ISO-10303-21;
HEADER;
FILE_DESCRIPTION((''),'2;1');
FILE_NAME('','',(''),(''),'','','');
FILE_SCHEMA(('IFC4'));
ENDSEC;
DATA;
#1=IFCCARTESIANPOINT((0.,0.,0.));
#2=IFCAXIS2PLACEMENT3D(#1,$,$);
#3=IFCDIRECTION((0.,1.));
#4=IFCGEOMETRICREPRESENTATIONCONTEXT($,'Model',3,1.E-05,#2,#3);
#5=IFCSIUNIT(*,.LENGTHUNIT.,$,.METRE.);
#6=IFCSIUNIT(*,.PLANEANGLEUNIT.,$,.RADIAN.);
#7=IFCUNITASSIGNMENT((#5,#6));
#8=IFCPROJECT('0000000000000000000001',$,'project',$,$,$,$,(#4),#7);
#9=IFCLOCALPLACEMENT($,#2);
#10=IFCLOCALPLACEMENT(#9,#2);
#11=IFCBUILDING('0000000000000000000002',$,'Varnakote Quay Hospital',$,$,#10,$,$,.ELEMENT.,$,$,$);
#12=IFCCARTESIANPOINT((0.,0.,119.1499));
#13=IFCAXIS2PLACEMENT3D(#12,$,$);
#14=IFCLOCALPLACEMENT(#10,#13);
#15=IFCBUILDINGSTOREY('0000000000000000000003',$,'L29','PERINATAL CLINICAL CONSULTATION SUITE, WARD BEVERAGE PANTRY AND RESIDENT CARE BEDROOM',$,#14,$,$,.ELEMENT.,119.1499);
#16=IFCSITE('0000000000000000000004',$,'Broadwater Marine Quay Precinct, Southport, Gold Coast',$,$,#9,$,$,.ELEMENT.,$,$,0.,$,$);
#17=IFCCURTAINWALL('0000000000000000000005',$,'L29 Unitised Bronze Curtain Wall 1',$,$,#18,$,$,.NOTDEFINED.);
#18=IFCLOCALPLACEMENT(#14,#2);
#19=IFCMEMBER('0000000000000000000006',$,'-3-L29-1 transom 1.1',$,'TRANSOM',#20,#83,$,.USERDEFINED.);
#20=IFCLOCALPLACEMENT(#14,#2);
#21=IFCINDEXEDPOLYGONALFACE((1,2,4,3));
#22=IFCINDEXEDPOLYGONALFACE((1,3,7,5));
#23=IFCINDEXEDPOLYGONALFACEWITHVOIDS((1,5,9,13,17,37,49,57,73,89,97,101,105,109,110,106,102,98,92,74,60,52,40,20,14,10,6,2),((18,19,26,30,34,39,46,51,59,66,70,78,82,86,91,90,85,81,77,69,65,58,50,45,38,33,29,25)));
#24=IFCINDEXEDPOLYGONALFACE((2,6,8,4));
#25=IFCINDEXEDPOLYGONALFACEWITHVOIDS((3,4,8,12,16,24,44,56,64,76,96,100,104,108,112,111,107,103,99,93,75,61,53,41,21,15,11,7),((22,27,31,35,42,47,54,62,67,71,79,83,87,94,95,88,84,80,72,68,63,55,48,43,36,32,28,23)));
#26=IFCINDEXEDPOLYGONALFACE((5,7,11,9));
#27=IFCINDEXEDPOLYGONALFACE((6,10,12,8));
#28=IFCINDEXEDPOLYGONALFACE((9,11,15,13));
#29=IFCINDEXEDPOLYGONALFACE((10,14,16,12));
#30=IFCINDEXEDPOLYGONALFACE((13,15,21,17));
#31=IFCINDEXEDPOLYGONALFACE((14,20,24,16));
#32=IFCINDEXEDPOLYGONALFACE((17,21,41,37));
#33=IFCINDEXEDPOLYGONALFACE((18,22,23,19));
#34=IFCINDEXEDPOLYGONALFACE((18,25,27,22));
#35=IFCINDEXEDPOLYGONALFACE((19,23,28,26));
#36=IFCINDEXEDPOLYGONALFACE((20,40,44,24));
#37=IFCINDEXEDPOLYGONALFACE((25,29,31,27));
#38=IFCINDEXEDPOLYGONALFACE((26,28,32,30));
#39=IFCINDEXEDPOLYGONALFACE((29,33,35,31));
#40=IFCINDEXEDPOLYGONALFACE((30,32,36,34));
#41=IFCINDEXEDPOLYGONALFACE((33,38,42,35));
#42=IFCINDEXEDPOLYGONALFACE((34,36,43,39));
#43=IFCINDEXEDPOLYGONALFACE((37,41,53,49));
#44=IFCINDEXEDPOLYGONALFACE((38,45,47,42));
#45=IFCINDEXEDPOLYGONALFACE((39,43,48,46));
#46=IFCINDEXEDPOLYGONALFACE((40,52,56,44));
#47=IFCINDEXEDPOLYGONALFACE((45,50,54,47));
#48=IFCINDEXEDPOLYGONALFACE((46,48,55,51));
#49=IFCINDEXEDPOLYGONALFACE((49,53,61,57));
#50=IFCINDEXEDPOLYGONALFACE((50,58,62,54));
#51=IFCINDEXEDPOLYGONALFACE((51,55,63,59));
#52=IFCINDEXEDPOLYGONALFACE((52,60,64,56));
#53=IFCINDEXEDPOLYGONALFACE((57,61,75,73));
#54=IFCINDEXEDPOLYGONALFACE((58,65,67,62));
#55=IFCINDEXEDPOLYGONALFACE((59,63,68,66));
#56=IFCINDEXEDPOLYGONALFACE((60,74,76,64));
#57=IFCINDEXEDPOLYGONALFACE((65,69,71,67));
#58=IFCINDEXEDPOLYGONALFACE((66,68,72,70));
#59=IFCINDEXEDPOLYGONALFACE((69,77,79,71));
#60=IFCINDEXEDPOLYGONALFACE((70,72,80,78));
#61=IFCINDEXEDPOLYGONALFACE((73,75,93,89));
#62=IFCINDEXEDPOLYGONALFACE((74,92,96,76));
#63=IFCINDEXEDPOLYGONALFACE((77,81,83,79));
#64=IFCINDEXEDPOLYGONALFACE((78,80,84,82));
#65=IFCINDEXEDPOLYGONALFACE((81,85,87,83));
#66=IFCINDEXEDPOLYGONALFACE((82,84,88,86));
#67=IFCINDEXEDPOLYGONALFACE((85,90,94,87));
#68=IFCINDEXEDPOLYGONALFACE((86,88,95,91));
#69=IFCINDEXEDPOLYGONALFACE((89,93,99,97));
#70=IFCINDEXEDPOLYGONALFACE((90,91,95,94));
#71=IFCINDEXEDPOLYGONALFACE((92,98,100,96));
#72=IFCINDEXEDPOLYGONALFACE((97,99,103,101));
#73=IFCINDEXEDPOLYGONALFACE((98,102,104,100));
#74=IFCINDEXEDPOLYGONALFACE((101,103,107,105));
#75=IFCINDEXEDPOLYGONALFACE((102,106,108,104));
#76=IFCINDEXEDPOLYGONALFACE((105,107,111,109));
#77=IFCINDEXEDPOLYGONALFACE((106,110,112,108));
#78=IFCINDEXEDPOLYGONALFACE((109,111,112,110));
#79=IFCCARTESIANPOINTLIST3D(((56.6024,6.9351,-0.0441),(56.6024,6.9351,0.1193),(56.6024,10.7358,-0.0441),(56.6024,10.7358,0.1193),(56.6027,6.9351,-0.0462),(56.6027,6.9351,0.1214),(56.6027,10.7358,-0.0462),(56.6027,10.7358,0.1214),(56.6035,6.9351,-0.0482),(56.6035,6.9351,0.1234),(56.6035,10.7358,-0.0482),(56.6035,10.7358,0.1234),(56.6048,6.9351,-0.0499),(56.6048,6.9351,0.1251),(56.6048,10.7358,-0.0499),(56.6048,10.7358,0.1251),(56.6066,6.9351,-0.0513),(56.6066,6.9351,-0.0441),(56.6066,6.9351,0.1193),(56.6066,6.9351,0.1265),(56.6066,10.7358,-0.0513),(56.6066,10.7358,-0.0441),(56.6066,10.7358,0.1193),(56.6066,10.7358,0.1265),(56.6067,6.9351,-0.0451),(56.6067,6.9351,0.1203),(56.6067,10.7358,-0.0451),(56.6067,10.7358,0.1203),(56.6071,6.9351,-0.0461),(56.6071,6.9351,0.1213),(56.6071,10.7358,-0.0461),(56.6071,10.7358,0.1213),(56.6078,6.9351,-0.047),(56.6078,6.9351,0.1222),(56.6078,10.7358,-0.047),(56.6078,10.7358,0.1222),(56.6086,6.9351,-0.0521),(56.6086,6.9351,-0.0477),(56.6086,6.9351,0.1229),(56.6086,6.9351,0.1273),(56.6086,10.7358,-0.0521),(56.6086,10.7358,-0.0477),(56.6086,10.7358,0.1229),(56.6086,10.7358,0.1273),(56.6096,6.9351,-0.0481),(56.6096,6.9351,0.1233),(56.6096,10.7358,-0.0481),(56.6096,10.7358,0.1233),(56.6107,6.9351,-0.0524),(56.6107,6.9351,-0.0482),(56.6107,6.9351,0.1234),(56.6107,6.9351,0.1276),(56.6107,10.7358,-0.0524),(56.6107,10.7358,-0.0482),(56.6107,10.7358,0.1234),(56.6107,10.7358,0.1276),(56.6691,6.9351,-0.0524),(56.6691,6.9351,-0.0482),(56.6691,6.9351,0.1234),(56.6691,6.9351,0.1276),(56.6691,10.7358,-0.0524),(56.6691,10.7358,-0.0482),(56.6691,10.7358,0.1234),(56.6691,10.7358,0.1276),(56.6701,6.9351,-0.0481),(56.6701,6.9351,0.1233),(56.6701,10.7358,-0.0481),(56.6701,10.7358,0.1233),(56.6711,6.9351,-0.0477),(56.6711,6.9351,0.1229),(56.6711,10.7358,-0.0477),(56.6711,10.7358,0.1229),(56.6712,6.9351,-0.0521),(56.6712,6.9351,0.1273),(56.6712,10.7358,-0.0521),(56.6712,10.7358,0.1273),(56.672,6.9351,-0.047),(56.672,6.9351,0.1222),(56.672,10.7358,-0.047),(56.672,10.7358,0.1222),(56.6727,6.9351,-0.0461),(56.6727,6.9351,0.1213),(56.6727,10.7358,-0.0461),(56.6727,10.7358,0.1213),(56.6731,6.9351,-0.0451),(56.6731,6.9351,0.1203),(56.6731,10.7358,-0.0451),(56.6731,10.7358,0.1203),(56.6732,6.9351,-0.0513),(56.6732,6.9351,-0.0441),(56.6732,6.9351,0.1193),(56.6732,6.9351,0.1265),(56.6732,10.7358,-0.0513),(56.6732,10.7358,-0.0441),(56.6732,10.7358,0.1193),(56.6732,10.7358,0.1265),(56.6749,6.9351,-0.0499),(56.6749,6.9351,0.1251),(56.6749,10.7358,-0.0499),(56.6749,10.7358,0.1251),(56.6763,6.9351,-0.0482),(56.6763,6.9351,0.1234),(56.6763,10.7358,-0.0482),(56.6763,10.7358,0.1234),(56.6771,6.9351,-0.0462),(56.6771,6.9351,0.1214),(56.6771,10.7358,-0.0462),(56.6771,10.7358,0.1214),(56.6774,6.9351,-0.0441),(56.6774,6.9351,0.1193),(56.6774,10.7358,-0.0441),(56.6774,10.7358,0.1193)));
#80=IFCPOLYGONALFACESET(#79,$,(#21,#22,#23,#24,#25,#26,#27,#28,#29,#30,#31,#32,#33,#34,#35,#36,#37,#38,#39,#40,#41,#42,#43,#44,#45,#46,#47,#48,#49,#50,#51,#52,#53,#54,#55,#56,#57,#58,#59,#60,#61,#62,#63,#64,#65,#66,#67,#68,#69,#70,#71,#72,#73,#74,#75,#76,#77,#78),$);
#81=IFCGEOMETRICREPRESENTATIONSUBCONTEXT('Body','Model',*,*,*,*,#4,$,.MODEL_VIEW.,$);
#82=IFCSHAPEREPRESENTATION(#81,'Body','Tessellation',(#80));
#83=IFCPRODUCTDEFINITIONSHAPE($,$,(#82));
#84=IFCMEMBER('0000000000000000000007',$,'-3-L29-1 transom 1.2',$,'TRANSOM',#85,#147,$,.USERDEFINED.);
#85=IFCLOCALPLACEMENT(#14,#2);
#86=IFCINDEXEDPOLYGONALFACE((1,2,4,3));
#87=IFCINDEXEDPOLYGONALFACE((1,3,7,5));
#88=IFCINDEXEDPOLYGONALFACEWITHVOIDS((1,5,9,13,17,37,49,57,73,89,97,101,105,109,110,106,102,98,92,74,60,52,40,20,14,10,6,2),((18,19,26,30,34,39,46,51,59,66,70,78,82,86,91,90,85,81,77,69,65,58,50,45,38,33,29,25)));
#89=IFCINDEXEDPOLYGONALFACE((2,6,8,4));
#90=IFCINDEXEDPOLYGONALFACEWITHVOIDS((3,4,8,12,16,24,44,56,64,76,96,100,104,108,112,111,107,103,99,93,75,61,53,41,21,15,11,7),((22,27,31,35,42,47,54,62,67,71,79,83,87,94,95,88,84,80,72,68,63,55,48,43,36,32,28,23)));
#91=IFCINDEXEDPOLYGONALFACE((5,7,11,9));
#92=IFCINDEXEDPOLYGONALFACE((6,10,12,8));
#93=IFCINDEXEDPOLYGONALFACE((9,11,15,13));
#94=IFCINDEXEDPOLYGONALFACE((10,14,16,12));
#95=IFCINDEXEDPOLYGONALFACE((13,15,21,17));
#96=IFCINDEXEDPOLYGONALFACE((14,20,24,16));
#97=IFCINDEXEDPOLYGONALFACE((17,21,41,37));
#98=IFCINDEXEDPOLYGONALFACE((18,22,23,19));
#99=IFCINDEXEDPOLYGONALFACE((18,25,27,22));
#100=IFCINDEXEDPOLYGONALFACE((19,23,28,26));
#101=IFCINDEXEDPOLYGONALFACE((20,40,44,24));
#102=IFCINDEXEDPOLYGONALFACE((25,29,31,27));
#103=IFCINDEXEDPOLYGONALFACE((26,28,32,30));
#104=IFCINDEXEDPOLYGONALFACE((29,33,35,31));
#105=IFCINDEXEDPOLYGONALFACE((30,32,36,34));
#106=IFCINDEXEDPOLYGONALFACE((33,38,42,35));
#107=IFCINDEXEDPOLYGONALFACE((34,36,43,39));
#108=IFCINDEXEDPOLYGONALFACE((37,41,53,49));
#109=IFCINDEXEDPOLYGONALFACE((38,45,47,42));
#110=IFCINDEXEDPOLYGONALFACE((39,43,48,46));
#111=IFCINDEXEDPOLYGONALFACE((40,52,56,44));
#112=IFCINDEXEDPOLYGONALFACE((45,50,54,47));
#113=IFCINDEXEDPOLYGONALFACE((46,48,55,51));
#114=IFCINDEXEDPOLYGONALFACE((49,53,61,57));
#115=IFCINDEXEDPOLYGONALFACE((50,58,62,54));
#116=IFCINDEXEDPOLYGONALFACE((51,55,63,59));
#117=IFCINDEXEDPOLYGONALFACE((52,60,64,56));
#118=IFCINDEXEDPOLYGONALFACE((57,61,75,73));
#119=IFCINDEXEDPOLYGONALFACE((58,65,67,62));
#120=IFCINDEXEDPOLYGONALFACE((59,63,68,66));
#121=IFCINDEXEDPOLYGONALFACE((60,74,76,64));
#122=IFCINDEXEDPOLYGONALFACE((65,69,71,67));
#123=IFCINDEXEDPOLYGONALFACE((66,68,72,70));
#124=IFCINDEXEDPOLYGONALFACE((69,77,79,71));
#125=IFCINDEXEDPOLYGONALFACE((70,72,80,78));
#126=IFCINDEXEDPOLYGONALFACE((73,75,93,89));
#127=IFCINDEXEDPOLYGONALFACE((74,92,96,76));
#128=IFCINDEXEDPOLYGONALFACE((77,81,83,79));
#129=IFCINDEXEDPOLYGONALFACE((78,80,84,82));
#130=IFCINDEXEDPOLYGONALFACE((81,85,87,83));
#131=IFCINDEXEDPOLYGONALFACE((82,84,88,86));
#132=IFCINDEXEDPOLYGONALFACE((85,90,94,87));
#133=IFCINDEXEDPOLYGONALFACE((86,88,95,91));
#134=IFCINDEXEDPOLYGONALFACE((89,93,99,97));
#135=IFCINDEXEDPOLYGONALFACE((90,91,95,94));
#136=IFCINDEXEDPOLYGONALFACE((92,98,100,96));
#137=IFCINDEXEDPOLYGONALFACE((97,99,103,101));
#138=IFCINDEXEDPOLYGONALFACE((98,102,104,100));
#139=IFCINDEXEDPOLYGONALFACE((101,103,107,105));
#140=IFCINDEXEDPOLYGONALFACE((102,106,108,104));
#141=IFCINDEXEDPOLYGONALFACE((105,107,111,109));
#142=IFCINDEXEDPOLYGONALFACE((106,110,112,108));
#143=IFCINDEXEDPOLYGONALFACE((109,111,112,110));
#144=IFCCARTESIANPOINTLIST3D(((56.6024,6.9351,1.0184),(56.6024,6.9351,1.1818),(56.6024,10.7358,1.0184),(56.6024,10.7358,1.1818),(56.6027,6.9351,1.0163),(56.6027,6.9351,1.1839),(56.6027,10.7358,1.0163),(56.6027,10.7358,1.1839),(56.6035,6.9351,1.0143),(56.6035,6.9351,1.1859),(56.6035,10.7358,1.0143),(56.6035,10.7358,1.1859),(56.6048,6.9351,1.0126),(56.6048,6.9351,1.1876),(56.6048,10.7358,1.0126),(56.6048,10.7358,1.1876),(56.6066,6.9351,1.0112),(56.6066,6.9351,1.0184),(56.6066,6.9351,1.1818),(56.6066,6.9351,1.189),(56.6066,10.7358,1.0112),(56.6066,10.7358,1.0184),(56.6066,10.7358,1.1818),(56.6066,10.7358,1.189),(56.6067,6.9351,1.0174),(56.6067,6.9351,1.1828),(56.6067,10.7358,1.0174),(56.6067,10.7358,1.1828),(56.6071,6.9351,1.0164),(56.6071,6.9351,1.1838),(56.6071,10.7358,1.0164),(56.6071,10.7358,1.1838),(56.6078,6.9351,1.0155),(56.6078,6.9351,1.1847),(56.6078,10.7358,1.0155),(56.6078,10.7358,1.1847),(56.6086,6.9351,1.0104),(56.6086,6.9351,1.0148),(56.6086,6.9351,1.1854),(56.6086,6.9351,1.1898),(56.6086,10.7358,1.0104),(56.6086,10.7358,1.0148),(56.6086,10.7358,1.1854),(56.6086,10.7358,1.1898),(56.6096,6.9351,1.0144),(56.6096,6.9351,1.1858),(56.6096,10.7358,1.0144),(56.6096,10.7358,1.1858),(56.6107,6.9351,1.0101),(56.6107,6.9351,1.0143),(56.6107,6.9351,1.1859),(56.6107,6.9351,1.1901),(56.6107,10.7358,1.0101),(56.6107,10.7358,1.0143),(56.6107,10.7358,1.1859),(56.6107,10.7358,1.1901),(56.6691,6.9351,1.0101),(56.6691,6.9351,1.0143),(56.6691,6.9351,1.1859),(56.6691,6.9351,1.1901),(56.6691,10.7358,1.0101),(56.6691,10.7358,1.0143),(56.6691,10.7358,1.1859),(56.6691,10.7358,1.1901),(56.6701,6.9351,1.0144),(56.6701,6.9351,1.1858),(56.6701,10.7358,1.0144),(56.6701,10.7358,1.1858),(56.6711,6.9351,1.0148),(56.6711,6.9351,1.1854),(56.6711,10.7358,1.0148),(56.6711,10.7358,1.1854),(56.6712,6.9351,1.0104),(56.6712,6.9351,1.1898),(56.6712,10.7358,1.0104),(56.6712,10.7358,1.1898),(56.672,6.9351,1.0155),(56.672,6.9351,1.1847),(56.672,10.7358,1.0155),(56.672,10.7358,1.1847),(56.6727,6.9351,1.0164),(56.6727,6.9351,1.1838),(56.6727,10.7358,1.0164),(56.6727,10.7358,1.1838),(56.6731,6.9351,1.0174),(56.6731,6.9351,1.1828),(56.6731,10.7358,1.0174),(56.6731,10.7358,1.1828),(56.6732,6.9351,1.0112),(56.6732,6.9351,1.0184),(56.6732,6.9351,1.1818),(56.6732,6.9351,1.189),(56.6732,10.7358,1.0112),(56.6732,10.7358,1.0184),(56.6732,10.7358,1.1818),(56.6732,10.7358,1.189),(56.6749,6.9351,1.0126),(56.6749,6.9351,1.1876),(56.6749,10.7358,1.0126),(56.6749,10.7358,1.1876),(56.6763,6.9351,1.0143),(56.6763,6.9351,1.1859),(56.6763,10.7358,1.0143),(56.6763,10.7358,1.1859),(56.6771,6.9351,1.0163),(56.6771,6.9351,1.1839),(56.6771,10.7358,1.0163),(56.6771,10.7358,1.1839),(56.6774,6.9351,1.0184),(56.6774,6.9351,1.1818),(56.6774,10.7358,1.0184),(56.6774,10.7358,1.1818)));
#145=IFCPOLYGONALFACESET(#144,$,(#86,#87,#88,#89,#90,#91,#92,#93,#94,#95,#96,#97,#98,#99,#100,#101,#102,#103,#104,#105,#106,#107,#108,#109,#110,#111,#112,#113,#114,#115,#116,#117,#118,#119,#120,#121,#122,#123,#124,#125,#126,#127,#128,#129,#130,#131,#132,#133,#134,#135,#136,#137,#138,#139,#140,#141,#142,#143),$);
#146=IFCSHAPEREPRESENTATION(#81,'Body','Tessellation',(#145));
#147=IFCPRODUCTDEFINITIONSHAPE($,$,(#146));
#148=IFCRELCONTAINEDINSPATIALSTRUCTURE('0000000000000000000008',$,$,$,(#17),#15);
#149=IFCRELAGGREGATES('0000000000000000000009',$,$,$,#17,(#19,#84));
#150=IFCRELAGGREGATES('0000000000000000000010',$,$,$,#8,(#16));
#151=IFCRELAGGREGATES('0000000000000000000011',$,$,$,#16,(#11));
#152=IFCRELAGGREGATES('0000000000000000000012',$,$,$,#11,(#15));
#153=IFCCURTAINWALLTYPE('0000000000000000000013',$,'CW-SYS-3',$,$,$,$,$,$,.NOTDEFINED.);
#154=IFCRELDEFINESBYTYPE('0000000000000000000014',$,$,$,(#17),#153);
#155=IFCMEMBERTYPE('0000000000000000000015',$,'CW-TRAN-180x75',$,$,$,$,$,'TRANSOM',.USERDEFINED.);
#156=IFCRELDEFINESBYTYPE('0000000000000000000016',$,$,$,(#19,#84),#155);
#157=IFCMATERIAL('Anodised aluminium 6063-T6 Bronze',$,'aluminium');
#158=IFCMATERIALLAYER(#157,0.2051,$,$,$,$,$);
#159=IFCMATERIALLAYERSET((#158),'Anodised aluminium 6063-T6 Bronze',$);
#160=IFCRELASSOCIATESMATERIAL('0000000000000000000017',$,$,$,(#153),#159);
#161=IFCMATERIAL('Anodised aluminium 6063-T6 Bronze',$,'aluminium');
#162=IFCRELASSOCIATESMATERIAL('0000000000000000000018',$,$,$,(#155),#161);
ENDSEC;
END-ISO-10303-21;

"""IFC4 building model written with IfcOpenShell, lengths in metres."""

from ifc_helpers import new_model, si_unit, direction, frame, origin, origin_2d, place, context, subcontext, project, spatial, hollow_rectangle, extrude, material, layer, layer_set, material_profile, profile_set, type_object, element, aggregate, save


model = new_model("IFC4")

# Units and contexts
model_context = context("Model", 3, precision=1e-05, world=origin(), true_north=direction((0.0, 1.0)))
body_context = subcontext(model_context, "Body", "Model", "MODEL_VIEW")
ifc_project = project(units=[si_unit("LENGTHUNIT", "METRE"), si_unit("PLANEANGLEUNIT", "RADIAN")], contexts=[model_context])

# Site, building, storey
site_placement = place(None, origin())
site = spatial("IfcSite", under=ifc_project, at=site_placement, Name="Broadwater Marine Quay Precinct, Southport, Gold Coast", CompositionType="ELEMENT", RefElevation=0.0)
building_placement = place(site_placement, origin())
building = spatial("IfcBuilding", under=site, at=building_placement, Name="Varnakote Quay Hospital", CompositionType="ELEMENT")
storey_placement = place(building_placement, frame((0.0, 0.0, 119.1499)))
storey = spatial("IfcBuildingStorey", under=building, at=storey_placement, Name="L29", Description="PERINATAL CLINICAL CONSULTATION SUITE, WARD BEVERAGE PANTRY AND RESIDENT CARE BEDROOM", CompositionType="ELEMENT", Elevation=119.1499)

# Curtain wall, members
ifc_material_1 = material(Name="Anodised aluminium 6063-T6 Bronze", Category="aluminium")
ifc_layer_1 = layer(ifc_material_1, 0.2051)
ifc_layer_set_1 = layer_set([ifc_layer_1], Name="Anodised aluminium 6063-T6 Bronze")
curtain_wall_type = type_object("IfcCurtainWallType", Name="CW-SYS-3", PredefinedType="NOTDEFINED", material=ifc_layer_set_1)
curtain_wall_placement = place(storey_placement, origin())
curtain_wall = element("IfcCurtainWall", 1, at=curtain_wall_placement, inside=storey, type_object=curtain_wall_type, Name="L29 Unitised Bronze Curtain Wall 1", PredefinedType="NOTDEFINED")
ifc_material_2 = material(Name="Anodised aluminium 6063-T6 Bronze", Category="aluminium")
ifc_material_profile_1 = material_profile(ifc_material_2, hollow_rectangle(XDim=0.075, YDim=0.1799, WallThickness=0.0042, InnerFilletRadius=0.0042, OuterFilletRadius=0.0083, at=origin_2d()), Name="CW-TRAN-180x75")
ifc_profile_set_1 = profile_set([ifc_material_profile_1], Name="Anodised aluminium 6063-T6 Bronze")
member_type_1 = type_object("IfcMemberType", Name="CW-TRAN-180x75", ElementType="TRANSOM", PredefinedType="USERDEFINED", material=ifc_profile_set_1)
member_1_placement = place(storey_placement, frame((56.6399, 6.9351, 0.0376), z_axis=(0.0, 1.0, 0.0), x_axis=(-1.0, 0.0, 0.0)))
member_1 = element("IfcMember", 2, at=member_1_placement, type_object=member_type_1, Name="-3-L29-1 transom 1.1", ObjectType="TRANSOM", PredefinedType="USERDEFINED", context=body_context, shape_type="SweptSolid", body=[
    extrude(hollow_rectangle(XDim=0.075, YDim=0.1799, WallThickness=0.0042, InnerFilletRadius=0.0042, OuterFilletRadius=0.0083, at=origin_2d()), origin(), (0.0, 0.0, 1.0), 3.8008),
])
member_2_placement = place(storey_placement, frame((56.6399, 6.9351, 1.1001), z_axis=(0.0, 1.0, 0.0), x_axis=(-1.0, 0.0, 0.0)))
member_2 = element("IfcMember", 3, at=member_2_placement, type_object=member_type_1, Name="-3-L29-1 transom 1.2", ObjectType="TRANSOM", PredefinedType="USERDEFINED", context=body_context, shape_type="SweptSolid", body=[
    extrude(hollow_rectangle(XDim=0.075, YDim=0.1799, WallThickness=0.0042, InnerFilletRadius=0.0042, OuterFilletRadius=0.0083, at=origin_2d()), origin(), (0.0, 0.0, 1.0), 3.8008),
])
aggregate(curtain_wall, [member_1, member_2])

save(model, "model.ifc")
